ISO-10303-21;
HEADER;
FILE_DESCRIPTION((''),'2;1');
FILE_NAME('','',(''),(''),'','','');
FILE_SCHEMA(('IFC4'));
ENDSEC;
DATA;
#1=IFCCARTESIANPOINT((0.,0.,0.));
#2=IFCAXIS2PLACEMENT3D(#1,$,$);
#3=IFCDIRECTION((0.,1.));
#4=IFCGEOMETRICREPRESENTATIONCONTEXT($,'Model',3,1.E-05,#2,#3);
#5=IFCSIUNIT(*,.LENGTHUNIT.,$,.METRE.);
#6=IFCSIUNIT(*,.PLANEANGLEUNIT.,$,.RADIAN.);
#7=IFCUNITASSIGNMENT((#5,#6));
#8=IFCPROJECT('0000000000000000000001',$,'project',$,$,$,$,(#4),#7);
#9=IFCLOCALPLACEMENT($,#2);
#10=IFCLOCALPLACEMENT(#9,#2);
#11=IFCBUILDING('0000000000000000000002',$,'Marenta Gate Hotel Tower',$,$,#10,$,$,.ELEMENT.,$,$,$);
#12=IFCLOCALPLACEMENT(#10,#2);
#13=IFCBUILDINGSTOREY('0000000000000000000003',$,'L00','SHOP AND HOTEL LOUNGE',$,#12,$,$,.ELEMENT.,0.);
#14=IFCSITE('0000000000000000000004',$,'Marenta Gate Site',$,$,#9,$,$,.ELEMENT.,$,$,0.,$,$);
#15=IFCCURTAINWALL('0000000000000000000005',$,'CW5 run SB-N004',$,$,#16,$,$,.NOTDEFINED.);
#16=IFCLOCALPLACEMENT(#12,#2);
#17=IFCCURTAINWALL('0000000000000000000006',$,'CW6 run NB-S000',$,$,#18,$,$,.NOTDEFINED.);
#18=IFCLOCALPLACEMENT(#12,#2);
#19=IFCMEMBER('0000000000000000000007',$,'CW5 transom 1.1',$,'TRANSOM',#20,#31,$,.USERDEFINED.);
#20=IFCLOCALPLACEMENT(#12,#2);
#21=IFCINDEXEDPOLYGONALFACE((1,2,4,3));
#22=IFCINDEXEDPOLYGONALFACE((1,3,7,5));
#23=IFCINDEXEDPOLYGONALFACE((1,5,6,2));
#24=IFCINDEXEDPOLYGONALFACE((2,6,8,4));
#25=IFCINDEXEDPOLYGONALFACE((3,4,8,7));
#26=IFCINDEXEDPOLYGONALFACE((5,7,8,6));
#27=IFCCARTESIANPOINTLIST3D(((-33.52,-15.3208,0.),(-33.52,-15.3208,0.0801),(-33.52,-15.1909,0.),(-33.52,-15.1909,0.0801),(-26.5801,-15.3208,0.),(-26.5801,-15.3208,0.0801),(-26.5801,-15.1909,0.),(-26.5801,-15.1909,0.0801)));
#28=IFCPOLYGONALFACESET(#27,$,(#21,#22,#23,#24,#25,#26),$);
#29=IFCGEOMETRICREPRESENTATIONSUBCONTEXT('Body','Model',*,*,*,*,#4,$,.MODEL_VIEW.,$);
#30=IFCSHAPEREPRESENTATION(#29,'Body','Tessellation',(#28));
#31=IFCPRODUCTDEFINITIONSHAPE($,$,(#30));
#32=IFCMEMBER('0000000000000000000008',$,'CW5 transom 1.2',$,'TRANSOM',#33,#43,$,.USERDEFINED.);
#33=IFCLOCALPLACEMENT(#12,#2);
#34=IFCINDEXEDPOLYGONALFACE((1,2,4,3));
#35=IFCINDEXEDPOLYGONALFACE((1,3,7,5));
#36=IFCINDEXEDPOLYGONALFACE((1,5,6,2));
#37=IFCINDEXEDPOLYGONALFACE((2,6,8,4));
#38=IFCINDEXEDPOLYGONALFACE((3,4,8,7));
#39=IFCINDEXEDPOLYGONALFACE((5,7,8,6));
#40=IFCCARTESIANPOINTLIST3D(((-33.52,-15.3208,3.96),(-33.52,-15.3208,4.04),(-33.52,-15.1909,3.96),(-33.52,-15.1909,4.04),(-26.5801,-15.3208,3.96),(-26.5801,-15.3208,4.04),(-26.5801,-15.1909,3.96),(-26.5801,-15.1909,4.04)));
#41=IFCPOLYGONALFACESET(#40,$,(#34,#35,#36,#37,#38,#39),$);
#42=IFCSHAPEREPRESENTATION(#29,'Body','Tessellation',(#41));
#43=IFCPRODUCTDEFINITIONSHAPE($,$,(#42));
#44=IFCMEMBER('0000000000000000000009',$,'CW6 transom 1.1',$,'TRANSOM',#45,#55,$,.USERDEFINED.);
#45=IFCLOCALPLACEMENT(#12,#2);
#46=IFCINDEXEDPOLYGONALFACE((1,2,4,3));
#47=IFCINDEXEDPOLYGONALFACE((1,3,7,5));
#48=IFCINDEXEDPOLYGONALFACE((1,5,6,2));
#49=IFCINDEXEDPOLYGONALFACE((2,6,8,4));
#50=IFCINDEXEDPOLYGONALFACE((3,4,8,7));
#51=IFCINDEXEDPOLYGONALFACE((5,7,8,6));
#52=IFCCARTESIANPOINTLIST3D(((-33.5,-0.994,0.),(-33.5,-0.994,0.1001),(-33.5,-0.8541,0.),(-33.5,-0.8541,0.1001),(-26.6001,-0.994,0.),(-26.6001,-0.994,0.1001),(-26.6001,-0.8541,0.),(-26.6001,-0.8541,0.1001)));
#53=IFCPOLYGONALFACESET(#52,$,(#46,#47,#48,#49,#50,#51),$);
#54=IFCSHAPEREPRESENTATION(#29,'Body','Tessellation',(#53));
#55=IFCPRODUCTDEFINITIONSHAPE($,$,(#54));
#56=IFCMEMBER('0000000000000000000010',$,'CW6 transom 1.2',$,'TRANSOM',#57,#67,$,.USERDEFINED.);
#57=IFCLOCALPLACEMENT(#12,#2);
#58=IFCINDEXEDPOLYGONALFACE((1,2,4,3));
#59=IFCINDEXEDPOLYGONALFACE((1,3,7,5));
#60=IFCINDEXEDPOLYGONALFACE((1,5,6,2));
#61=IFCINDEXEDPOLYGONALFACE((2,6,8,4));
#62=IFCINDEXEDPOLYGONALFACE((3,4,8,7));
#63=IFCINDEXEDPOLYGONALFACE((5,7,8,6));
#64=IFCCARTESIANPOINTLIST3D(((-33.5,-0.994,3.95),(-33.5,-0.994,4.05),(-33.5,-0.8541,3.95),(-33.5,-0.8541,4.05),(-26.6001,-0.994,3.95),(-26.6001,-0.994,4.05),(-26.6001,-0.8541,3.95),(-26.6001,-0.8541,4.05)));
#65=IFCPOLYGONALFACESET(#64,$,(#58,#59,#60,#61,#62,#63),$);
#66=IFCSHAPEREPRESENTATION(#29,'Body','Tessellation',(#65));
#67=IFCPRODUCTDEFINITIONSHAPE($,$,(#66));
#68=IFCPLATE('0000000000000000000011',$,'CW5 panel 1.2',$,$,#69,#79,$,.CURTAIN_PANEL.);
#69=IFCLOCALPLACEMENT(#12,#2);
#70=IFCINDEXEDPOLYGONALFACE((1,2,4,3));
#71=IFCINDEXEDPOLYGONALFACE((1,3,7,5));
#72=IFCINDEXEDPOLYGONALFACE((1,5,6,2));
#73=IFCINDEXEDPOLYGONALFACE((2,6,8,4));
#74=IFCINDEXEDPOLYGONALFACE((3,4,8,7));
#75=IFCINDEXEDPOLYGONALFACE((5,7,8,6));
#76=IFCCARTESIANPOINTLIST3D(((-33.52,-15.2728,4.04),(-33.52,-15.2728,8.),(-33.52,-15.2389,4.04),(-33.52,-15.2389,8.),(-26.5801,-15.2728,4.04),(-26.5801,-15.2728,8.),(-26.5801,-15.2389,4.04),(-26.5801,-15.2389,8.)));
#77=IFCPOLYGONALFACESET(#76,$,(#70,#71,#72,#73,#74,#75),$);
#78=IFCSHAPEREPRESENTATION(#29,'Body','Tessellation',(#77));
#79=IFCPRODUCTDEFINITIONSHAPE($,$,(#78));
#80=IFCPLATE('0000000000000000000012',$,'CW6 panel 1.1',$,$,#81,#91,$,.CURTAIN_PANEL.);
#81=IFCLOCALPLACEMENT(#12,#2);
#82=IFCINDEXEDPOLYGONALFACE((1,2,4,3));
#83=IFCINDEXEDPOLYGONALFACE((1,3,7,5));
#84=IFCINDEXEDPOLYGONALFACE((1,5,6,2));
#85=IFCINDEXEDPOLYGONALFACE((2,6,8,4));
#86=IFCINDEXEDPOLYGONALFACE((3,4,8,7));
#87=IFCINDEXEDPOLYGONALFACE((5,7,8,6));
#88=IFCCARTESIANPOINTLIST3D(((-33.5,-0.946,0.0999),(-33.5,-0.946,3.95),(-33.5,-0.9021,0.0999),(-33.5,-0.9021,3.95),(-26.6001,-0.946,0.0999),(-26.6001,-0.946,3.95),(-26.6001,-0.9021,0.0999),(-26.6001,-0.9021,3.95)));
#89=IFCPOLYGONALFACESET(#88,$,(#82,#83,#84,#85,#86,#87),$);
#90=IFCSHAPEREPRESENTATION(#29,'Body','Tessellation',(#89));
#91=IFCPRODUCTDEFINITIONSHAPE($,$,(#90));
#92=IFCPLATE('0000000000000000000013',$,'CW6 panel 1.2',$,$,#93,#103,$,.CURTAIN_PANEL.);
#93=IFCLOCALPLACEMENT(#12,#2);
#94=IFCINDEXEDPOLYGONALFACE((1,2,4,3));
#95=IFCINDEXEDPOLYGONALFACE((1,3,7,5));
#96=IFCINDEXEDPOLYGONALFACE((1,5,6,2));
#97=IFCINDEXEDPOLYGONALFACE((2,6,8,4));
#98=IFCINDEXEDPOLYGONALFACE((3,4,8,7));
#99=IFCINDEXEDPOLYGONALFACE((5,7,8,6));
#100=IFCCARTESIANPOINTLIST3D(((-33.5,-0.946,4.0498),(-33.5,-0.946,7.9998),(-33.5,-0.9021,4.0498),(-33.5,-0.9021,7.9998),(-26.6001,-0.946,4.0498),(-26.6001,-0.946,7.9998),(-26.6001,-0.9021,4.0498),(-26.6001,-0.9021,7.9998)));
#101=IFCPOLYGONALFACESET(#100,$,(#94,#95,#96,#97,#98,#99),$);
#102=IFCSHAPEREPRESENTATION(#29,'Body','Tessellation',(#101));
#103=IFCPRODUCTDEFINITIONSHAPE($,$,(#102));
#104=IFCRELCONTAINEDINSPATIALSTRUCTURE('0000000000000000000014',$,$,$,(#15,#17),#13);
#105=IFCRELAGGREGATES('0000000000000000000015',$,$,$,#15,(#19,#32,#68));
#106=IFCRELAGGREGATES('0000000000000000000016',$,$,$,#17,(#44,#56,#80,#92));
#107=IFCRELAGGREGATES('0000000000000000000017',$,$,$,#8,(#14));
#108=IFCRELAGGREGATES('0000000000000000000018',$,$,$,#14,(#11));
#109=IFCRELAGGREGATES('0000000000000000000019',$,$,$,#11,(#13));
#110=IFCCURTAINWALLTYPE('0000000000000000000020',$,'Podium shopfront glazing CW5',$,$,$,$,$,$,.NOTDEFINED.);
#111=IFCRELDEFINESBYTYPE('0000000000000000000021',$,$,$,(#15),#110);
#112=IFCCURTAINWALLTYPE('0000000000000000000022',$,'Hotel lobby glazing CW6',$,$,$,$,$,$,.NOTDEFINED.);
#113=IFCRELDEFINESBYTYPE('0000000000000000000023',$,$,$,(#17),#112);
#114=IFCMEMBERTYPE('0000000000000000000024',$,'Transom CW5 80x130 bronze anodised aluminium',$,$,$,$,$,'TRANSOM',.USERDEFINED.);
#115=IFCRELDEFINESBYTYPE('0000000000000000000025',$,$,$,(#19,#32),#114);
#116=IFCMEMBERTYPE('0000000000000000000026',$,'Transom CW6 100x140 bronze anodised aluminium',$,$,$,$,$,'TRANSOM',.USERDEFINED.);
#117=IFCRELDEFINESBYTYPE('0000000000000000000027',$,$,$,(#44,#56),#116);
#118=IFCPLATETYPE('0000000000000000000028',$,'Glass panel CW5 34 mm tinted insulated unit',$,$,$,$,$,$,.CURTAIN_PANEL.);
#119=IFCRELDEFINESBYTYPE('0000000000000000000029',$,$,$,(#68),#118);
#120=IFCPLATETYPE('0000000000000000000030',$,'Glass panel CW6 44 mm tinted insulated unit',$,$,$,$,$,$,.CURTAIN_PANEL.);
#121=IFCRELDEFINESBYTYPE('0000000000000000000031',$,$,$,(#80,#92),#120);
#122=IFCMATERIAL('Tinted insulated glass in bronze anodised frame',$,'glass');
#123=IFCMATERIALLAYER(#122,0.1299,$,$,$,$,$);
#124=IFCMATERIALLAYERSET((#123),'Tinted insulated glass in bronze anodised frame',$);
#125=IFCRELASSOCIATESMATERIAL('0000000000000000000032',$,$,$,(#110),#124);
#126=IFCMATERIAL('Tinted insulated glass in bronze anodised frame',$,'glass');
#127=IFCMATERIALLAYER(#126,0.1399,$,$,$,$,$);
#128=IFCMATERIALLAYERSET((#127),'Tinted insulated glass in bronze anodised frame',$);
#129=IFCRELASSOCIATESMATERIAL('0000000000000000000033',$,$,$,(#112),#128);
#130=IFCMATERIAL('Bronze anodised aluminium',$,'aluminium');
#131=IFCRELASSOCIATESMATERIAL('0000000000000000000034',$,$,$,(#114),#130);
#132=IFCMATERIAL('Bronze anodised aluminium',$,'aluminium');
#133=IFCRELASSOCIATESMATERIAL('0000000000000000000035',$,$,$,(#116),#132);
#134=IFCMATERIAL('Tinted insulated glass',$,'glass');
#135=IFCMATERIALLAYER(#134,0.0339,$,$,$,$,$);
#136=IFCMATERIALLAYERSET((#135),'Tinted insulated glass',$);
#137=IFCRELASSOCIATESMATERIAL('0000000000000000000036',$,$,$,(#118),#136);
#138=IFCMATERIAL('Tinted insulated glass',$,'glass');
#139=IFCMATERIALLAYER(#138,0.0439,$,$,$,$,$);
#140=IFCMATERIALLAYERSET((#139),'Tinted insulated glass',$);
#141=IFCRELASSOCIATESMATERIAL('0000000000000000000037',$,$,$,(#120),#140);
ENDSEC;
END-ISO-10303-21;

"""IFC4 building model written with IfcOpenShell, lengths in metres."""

from ifc_helpers import new_model, si_unit, direction, frame, origin, origin_2d, place, context, subcontext, project, spatial, rectangle, extrude, material, layer, layer_set, material_profile, profile_set, type_object, element, aggregate, save


model = new_model("IFC4")

# Units and contexts
model_context = context("Model", 3, precision=1e-05, world=origin(), true_north=direction((0.0, 1.0)))
body_context = subcontext(model_context, "Body", "Model", "MODEL_VIEW")
ifc_project = project(units=[si_unit("LENGTHUNIT", "METRE"), si_unit("PLANEANGLEUNIT", "RADIAN")], contexts=[model_context])

# Site, building, storey
site_placement = place(None, origin())
site = spatial("IfcSite", under=ifc_project, at=site_placement, Name="Marenta Gate Site", CompositionType="ELEMENT", RefElevation=0.0)
building_placement = place(site_placement, origin())
building = spatial("IfcBuilding", under=site, at=building_placement, Name="Marenta Gate Hotel Tower", CompositionType="ELEMENT")
storey_placement = place(building_placement, origin())
storey = spatial("IfcBuildingStorey", under=building, at=storey_placement, Name="L00", Description="SHOP AND HOTEL LOUNGE", CompositionType="ELEMENT", Elevation=0.0)

# Curtain wall
ifc_material_1 = material(Name="Tinted insulated glass in bronze anodised frame", Category="glass")
ifc_layer_1 = layer(ifc_material_1, 0.1299)
ifc_layer_set_1 = layer_set([ifc_layer_1], Name="Tinted insulated glass in bronze anodised frame")
curtain_wall_type_1 = type_object("IfcCurtainWallType", Name="Podium shopfront glazing CW5", PredefinedType="NOTDEFINED", material=ifc_layer_set_1)
curtain_wall_1_placement = place(storey_placement, origin())
curtain_wall_1 = element("IfcCurtainWall", 1, at=curtain_wall_1_placement, inside=storey, type_object=curtain_wall_type_1, Name="CW5 run SB-N004", PredefinedType="NOTDEFINED")

# Curtain wall
ifc_material_2 = material(Name="Tinted insulated glass in bronze anodised frame", Category="glass")
ifc_layer_2 = layer(ifc_material_2, 0.1399)
ifc_layer_set_2 = layer_set([ifc_layer_2], Name="Tinted insulated glass in bronze anodised frame")
curtain_wall_type_2 = type_object("IfcCurtainWallType", Name="Hotel lobby glazing CW6", PredefinedType="NOTDEFINED", material=ifc_layer_set_2)
curtain_wall_2_placement = place(storey_placement, origin())
curtain_wall_2 = element("IfcCurtainWall", 2, at=curtain_wall_2_placement, inside=storey, type_object=curtain_wall_type_2, Name="CW6 run NB-S000", PredefinedType="NOTDEFINED")

# Members
ifc_material_3 = material(Name="Bronze anodised aluminium", Category="aluminium")
ifc_material_profile_1 = material_profile(ifc_material_3, rectangle(XDim=0.1299, YDim=0.0801, at=origin_2d()), Name="Transom CW5 80x130 bronze anodised aluminium")
ifc_profile_set_1 = profile_set([ifc_material_profile_1], Name="Bronze anodised aluminium")
member_type_1 = type_object("IfcMemberType", Name="Transom CW5 80x130 bronze anodised aluminium", ElementType="TRANSOM", PredefinedType="USERDEFINED", material=ifc_profile_set_1)
member_1_placement = place(storey_placement, frame((-26.5801, -15.2559, 0.04), z_axis=(-1.0, 0.0, 0.0), x_axis=(0.0, -1.0, 0.0)))
member_1 = element("IfcMember", 3, at=member_1_placement, type_object=member_type_1, Name="CW5 transom 1.1", ObjectType="TRANSOM", PredefinedType="USERDEFINED", context=body_context, shape_type="SweptSolid", body=[
    extrude(rectangle(XDim=0.1299, YDim=0.0801, at=origin_2d()), origin(), (0.0, 0.0, 1.0), 6.9399),
])
member_2_placement = place(storey_placement, frame((-26.5801, -15.2559, 4.0), z_axis=(-1.0, 0.0, 0.0), x_axis=(0.0, -1.0, 0.0)))
member_2 = element("IfcMember", 4, at=member_2_placement, type_object=member_type_1, Name="CW5 transom 1.2", ObjectType="TRANSOM", PredefinedType="USERDEFINED", context=body_context, shape_type="SweptSolid", body=[
    extrude(rectangle(XDim=0.1299, YDim=0.0801, at=origin_2d()), origin(), (0.0, 0.0, 1.0), 6.9399),
])
ifc_material_4 = material(Name="Bronze anodised aluminium", Category="aluminium")
ifc_material_profile_2 = material_profile(ifc_material_4, rectangle(XDim=0.1399, YDim=0.1001, at=origin_2d()), Name="Transom CW6 100x140 bronze anodised aluminium")
ifc_profile_set_2 = profile_set([ifc_material_profile_2], Name="Bronze anodised aluminium")
member_type_2 = type_object("IfcMemberType", Name="Transom CW6 100x140 bronze anodised aluminium", ElementType="TRANSOM", PredefinedType="USERDEFINED", material=ifc_profile_set_2)
member_3_placement = place(storey_placement, frame((-33.5, -0.9241, 0.05), z_axis=(1.0, 0.0, 0.0), x_axis=(0.0, 1.0, 0.0)))
member_3 = element("IfcMember", 5, at=member_3_placement, type_object=member_type_2, Name="CW6 transom 1.1", ObjectType="TRANSOM", PredefinedType="USERDEFINED", context=body_context, shape_type="SweptSolid", body=[
    extrude(rectangle(XDim=0.1399, YDim=0.1001, at=origin_2d()), origin(), (0.0, 0.0, 1.0), 6.8999),
])
member_4_placement = place(storey_placement, frame((-33.5, -0.9241, 4.0), z_axis=(1.0, 0.0, 0.0), x_axis=(0.0, 1.0, 0.0)))
member_4 = element("IfcMember", 6, at=member_4_placement, type_object=member_type_2, Name="CW6 transom 1.2", ObjectType="TRANSOM", PredefinedType="USERDEFINED", context=body_context, shape_type="SweptSolid", body=[
    extrude(rectangle(XDim=0.1399, YDim=0.1001, at=origin_2d()), origin(), (0.0, 0.0, 1.0), 6.8999),
])

# Plates
ifc_material_5 = material(Name="Tinted insulated glass", Category="glass")
ifc_layer_3 = layer(ifc_material_5, 0.0339)
ifc_layer_set_3 = layer_set([ifc_layer_3], Name="Tinted insulated glass")
plate_type_1 = type_object("IfcPlateType", Name="Glass panel CW5 34 mm tinted insulated unit", PredefinedType="CURTAIN_PANEL", material=ifc_layer_set_3)
plate_1_placement = place(storey_placement, frame((-30.05, -15.2559, 4.04), z_axis=(0.0, 0.0, 1.0), x_axis=(-1.0, 0.0, 0.0)))
plate_1 = element("IfcPlate", 7, at=plate_1_placement, type_object=plate_type_1, Name="CW5 panel 1.2", PredefinedType="CURTAIN_PANEL", context=body_context, shape_type="SweptSolid", body=[
    extrude(rectangle(XDim=6.9399, YDim=0.0339, at=origin_2d()), origin(), (0.0, 0.0, 1.0), 3.96),
])
aggregate(curtain_wall_1, [member_1, member_2, plate_1])
ifc_material_6 = material(Name="Tinted insulated glass", Category="glass")
ifc_layer_4 = layer(ifc_material_6, 0.0439)
ifc_layer_set_4 = layer_set([ifc_layer_4], Name="Tinted insulated glass")
plate_type_2 = type_object("IfcPlateType", Name="Glass panel CW6 44 mm tinted insulated unit", PredefinedType="CURTAIN_PANEL", material=ifc_layer_set_4)
plate_2_placement = place(storey_placement, frame((-30.05, -0.9241, 0.0999), z_axis=(0.0, 0.0, 1.0), x_axis=(1.0, 0.0, 0.0)))
plate_2 = element("IfcPlate", 8, at=plate_2_placement, type_object=plate_type_2, Name="CW6 panel 1.1", PredefinedType="CURTAIN_PANEL", context=body_context, shape_type="SweptSolid", body=[
    extrude(rectangle(XDim=6.8999, YDim=0.0439, at=origin_2d()), origin(), (0.0, 0.0, 1.0), 3.8501),
])
plate_3_placement = place(storey_placement, frame((-30.05, -0.9241, 4.0498), z_axis=(0.0, 0.0, 1.0), x_axis=(1.0, 0.0, 0.0)))
plate_3 = element("IfcPlate", 9, at=plate_3_placement, type_object=plate_type_2, Name="CW6 panel 1.2", PredefinedType="CURTAIN_PANEL", context=body_context, shape_type="SweptSolid", body=[
    extrude(rectangle(XDim=6.8999, YDim=0.0439, at=origin_2d()), origin(), (0.0, 0.0, 1.0), 3.95),
])
aggregate(curtain_wall_2, [member_3, member_4, plate_2, plate_3])

save(model, "model.ifc")
